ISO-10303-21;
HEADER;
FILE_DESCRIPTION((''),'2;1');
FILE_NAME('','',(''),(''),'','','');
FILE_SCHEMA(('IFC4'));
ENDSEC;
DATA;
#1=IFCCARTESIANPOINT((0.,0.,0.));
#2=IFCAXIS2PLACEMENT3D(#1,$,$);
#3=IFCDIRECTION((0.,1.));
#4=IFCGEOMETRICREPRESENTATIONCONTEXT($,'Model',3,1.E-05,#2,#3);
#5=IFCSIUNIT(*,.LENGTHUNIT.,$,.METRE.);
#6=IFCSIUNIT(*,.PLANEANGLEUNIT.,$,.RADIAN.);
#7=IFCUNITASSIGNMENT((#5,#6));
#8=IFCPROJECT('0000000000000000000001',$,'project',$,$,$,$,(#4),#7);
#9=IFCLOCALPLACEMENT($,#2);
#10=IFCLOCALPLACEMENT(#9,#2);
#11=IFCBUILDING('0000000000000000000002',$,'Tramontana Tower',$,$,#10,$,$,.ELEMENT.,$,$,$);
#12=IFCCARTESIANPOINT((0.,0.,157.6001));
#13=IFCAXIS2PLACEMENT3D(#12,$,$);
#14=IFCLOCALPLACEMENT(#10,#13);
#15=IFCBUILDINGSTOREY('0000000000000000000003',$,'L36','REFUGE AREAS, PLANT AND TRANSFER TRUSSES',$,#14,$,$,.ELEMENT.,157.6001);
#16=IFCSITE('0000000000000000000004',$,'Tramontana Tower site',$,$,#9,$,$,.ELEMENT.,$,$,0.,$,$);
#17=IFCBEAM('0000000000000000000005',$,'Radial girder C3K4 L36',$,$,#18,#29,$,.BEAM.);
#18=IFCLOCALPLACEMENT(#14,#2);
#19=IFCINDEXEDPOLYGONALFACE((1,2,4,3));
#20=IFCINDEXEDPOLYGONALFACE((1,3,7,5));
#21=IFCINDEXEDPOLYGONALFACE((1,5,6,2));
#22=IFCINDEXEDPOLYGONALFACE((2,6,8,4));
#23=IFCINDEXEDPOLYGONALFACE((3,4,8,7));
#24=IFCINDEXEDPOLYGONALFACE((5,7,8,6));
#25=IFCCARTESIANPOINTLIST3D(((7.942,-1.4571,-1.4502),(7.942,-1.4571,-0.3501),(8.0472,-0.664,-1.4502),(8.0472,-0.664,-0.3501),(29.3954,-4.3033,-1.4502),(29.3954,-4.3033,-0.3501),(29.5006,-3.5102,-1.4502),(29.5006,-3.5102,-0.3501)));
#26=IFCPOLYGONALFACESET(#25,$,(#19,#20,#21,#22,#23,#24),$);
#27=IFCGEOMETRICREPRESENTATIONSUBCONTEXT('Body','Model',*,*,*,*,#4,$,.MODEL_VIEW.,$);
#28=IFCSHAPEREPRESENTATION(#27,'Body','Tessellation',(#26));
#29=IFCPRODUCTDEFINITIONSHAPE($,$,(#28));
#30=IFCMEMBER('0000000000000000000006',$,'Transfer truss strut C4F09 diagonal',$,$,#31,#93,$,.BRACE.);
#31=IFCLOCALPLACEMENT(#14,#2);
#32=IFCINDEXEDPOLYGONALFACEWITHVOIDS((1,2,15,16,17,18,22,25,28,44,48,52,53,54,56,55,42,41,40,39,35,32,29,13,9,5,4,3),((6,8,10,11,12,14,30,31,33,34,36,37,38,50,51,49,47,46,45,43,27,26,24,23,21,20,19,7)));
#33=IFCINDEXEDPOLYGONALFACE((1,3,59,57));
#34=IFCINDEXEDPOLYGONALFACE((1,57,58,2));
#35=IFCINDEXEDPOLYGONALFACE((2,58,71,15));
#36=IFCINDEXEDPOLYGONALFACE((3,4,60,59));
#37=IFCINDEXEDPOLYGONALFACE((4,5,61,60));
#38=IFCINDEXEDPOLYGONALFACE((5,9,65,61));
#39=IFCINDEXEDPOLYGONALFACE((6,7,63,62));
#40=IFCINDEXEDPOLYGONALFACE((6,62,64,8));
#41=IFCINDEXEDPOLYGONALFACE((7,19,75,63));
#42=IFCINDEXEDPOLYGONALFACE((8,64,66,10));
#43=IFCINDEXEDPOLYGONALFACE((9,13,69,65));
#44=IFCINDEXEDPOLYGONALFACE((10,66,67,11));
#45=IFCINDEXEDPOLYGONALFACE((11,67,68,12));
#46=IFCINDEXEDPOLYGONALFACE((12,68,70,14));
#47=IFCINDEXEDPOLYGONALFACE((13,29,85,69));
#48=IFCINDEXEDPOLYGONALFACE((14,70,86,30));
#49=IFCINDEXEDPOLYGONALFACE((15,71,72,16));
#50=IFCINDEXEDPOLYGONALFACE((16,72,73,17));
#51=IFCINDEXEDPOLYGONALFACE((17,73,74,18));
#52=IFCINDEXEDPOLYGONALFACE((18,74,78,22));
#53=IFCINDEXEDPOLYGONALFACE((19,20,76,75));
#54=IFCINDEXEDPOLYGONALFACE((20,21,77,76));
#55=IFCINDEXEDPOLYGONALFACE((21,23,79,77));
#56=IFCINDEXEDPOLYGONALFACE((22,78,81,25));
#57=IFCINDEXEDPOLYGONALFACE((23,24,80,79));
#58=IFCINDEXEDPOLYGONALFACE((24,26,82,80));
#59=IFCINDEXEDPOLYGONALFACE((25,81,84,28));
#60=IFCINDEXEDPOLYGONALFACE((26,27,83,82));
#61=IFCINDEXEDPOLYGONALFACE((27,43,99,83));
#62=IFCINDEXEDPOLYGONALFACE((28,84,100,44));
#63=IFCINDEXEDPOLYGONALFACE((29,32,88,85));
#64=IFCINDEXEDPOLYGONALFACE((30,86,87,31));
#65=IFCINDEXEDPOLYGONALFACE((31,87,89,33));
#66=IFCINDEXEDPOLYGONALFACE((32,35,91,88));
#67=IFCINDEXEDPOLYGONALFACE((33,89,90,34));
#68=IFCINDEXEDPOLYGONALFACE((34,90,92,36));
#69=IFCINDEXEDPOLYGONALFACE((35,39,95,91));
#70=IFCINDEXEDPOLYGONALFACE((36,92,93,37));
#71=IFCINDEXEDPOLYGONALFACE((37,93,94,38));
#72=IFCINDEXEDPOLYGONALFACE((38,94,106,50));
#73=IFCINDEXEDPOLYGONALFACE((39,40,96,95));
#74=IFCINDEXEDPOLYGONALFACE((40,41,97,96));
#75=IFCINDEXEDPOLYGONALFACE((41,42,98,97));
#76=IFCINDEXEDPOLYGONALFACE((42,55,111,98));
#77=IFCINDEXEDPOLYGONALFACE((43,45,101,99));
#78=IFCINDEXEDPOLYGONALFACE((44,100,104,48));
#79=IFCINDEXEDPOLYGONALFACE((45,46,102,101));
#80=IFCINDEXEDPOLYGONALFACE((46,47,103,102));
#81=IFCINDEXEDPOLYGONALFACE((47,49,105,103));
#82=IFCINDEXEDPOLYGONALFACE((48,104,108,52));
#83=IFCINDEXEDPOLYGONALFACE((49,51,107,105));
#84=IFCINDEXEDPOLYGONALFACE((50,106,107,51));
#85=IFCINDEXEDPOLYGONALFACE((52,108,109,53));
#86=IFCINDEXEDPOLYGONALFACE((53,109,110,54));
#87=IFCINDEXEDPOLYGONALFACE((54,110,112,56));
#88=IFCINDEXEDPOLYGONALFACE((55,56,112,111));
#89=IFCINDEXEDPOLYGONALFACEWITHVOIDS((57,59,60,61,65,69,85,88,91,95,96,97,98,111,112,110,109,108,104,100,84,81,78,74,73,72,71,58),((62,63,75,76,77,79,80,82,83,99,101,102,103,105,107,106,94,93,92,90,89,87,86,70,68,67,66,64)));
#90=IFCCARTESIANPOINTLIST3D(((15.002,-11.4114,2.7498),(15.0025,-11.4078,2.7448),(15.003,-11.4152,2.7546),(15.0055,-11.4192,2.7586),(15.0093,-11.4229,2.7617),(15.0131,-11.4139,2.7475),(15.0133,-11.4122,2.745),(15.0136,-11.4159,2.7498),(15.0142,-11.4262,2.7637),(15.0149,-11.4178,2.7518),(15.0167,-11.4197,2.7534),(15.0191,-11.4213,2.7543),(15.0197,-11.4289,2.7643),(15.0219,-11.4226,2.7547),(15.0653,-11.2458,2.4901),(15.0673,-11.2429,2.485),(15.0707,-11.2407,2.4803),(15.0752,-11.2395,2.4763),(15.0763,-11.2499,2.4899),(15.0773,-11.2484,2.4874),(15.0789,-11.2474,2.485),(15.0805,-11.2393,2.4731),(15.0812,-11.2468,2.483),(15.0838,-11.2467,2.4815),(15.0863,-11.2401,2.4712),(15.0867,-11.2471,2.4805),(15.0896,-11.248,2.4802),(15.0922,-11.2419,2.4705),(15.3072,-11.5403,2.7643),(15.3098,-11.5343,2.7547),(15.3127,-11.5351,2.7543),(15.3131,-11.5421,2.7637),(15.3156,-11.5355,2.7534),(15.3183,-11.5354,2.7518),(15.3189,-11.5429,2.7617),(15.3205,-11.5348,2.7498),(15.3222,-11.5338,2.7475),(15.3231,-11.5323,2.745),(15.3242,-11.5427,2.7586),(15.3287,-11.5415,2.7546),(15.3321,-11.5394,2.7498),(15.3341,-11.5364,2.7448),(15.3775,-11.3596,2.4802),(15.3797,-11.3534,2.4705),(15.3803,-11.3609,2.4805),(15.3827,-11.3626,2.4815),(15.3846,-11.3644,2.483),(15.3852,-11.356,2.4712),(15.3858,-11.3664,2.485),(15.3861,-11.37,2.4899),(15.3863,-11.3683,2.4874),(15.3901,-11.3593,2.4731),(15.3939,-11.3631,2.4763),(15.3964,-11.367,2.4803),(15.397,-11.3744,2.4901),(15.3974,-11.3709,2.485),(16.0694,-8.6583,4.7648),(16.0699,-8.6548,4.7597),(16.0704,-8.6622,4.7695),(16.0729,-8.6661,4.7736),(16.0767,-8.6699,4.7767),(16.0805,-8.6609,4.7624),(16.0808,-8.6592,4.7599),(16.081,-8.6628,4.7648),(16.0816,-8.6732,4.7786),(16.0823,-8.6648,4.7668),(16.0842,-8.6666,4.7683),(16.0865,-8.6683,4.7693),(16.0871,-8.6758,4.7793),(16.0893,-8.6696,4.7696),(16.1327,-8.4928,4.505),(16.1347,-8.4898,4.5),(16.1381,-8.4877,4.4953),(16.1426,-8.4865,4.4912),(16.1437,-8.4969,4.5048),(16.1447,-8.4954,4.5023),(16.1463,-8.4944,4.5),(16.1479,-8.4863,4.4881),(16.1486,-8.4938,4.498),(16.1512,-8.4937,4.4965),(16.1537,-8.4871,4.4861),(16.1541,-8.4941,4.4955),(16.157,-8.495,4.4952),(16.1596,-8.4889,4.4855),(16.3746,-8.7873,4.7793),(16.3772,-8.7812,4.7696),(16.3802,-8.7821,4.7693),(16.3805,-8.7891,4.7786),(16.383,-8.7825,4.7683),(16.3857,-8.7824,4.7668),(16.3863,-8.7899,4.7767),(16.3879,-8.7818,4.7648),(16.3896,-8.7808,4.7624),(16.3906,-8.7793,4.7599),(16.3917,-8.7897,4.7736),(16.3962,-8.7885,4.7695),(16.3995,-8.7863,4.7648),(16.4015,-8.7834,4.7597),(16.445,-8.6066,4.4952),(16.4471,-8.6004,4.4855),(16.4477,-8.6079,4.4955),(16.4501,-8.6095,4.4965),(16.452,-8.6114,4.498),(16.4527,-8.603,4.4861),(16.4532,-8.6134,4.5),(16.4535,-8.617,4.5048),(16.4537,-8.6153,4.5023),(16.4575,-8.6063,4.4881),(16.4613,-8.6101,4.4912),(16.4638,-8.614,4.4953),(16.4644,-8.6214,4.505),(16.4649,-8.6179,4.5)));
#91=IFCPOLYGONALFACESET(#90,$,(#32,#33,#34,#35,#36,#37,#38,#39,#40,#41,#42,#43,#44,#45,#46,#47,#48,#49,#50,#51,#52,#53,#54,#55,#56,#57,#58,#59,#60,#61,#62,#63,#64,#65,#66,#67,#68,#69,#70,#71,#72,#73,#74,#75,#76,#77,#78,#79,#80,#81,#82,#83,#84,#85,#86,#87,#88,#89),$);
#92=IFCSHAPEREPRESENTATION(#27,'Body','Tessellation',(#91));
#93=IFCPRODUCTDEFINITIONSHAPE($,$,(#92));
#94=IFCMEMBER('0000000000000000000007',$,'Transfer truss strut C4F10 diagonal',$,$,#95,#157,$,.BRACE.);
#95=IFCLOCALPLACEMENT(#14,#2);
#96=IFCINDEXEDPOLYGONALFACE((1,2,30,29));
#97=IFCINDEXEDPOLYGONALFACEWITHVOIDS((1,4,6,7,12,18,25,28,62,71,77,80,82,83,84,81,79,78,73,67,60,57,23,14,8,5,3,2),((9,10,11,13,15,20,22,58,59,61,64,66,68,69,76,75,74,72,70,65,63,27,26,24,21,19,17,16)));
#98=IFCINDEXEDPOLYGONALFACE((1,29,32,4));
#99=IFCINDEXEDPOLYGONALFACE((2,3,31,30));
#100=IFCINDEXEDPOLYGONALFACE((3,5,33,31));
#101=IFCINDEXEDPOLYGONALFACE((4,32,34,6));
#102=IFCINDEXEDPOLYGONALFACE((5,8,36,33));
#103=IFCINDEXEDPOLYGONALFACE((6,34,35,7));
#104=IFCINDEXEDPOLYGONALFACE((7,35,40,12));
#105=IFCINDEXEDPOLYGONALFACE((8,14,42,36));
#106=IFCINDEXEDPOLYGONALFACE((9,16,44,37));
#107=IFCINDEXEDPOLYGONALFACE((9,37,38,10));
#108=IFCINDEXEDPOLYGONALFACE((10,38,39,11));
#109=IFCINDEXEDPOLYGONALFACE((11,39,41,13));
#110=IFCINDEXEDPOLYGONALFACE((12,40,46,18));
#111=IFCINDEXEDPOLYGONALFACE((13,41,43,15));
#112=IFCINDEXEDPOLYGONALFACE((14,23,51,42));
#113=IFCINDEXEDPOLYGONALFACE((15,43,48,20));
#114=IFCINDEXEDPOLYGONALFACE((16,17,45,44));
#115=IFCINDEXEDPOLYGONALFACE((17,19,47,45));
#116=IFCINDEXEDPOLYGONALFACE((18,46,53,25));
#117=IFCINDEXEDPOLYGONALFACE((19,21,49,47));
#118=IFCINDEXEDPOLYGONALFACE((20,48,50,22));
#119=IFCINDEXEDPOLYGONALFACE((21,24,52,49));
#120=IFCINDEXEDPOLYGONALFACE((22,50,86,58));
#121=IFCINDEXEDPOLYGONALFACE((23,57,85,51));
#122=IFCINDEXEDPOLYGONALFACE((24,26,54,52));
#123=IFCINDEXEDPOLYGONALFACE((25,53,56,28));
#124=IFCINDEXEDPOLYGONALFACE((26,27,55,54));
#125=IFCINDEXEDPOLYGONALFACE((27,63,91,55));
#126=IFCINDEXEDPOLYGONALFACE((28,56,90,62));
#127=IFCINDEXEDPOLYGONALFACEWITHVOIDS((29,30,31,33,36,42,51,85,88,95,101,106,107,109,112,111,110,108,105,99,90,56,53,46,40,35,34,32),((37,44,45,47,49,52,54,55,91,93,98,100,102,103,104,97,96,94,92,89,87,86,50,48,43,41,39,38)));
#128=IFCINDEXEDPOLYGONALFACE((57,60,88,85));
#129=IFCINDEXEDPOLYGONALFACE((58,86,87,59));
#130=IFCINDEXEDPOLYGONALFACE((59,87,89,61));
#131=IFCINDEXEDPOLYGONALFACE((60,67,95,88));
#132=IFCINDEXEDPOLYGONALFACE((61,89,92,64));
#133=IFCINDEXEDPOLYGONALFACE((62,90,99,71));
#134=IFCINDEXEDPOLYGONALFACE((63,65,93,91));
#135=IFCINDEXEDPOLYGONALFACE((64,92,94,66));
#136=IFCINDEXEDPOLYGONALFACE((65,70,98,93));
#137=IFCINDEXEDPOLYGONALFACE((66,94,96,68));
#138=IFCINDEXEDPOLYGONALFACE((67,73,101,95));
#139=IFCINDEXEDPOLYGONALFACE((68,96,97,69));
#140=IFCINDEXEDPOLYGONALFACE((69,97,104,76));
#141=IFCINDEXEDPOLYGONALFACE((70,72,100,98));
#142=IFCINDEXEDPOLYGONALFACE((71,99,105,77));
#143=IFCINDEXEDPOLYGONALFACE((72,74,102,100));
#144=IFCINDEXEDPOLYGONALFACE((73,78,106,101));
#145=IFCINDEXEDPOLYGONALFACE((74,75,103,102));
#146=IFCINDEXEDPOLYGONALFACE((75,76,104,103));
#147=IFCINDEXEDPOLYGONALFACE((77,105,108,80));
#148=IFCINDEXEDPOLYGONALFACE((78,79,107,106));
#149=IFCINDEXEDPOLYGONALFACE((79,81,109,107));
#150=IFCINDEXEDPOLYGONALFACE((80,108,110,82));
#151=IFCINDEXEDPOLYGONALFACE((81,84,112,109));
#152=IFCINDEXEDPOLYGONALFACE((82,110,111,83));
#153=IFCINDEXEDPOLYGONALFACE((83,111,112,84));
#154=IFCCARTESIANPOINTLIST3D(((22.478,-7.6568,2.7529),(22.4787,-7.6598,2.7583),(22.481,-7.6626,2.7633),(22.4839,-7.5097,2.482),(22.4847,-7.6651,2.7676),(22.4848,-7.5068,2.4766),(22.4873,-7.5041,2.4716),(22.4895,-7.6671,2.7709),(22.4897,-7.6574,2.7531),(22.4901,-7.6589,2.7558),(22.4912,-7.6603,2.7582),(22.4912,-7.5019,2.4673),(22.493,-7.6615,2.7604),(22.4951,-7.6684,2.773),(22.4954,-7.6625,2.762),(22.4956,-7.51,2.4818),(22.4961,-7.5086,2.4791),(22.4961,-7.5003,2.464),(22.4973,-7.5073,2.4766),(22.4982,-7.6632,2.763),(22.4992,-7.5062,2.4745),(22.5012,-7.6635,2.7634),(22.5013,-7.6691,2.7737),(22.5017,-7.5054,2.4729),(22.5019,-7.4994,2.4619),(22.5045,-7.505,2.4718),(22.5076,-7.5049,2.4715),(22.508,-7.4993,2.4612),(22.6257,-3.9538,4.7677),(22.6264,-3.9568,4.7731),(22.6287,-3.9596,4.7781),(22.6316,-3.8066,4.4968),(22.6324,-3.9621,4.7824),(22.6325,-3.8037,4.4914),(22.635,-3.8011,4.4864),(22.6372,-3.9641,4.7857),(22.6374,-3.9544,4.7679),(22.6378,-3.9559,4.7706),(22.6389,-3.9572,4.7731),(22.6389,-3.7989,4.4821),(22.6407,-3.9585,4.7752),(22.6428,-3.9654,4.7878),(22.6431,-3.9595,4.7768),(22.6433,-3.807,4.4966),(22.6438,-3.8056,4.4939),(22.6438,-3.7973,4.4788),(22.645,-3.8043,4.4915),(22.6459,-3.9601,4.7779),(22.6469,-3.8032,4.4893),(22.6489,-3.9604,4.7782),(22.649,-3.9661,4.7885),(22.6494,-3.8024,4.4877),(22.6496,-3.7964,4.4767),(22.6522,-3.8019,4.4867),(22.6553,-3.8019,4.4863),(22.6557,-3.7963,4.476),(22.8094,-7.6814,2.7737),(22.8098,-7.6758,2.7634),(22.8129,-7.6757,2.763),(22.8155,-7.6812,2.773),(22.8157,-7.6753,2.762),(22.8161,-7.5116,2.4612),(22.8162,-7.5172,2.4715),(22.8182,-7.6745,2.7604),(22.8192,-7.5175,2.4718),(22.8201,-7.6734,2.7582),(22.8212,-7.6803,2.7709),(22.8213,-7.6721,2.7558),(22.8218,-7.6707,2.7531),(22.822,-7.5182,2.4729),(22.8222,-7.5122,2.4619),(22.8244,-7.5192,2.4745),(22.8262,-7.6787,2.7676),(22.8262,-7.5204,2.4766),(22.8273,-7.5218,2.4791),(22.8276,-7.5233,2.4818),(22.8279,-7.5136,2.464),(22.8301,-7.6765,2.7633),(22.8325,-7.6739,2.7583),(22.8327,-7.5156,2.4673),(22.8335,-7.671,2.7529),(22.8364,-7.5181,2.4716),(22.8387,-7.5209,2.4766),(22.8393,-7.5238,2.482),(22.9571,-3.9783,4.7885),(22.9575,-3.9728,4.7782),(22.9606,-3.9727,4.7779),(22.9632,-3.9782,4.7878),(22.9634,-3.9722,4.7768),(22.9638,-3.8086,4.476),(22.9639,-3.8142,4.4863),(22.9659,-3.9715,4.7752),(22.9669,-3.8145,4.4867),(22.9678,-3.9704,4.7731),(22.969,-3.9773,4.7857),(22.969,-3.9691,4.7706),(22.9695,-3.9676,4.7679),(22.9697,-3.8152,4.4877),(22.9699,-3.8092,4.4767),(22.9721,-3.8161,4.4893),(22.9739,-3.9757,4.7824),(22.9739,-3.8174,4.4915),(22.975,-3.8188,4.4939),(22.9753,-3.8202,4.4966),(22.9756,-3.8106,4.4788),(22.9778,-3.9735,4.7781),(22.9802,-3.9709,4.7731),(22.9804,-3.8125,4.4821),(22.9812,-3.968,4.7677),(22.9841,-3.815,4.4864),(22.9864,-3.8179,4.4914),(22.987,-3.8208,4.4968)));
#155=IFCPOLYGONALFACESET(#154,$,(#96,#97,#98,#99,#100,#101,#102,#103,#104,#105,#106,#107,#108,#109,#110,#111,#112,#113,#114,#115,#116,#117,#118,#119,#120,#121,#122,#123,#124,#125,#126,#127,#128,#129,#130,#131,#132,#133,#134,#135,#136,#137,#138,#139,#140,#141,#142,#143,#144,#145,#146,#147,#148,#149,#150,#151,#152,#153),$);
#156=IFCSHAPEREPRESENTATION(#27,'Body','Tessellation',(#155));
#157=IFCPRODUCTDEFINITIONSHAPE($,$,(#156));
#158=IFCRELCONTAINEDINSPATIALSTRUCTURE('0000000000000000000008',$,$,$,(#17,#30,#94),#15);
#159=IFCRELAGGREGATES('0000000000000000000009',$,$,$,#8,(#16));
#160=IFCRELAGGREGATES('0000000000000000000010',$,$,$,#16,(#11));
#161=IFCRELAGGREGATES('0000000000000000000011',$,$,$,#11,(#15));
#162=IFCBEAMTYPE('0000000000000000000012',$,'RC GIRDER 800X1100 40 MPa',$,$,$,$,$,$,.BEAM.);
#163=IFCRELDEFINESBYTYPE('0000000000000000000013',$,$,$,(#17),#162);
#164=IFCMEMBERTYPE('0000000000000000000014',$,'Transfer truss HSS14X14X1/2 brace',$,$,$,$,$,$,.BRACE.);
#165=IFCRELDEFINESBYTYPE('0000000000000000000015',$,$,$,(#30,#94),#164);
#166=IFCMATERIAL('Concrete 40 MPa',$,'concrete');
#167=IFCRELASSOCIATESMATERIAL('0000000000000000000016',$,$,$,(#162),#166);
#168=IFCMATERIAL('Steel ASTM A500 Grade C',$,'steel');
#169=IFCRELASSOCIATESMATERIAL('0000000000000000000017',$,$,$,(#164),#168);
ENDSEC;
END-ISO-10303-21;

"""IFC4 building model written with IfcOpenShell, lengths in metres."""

from ifc_helpers import new_model, si_unit, direction, frame, origin, origin_2d, place, context, subcontext, project, spatial, rectangle, hollow_rectangle, extrude, material, material_profile, profile_set, type_object, element, save


model = new_model("IFC4")

# Units and contexts
model_context = context("Model", 3, precision=1e-05, world=origin(), true_north=direction((0.0, 1.0)))
body_context = subcontext(model_context, "Body", "Model", "MODEL_VIEW")
ifc_project = project(units=[si_unit("LENGTHUNIT", "METRE"), si_unit("PLANEANGLEUNIT", "RADIAN")], contexts=[model_context])

# Site, building, storey
site_placement = place(None, origin())
site = spatial("IfcSite", under=ifc_project, at=site_placement, Name="Tramontana Tower site", CompositionType="ELEMENT", RefElevation=0.0)
building_placement = place(site_placement, origin())
building = spatial("IfcBuilding", under=site, at=building_placement, Name="Tramontana Tower", CompositionType="ELEMENT")
storey_placement = place(building_placement, frame((0.0, 0.0, 157.6001)))
storey = spatial("IfcBuildingStorey", under=building, at=storey_placement, Name="L36", Description="REFUGE AREAS, PLANT AND TRANSFER TRUSSES", CompositionType="ELEMENT", Elevation=157.6001)

# Beam
ifc_material_1 = material(Name="Concrete 40 MPa", Category="concrete")
ifc_material_profile_1 = material_profile(ifc_material_1, rectangle(XDim=0.8, YDim=1.1001, at=origin_2d()), Name="RC GIRDER 800X1100 40 MPa")
ifc_profile_set_1 = profile_set([ifc_material_profile_1], Name="Concrete 40 MPa")
beam_type_1 = type_object("IfcBeamType", Name="RC GIRDER 800X1100 40 MPa", PredefinedType="BEAM", material=ifc_profile_set_1)
beam_1_placement = place(storey_placement, frame((29.448, -3.9067, -0.9001), z_axis=(-0.991314, 0.131516, 0.0), x_axis=(-0.131516, -0.991314, 0.0)))
element("IfcBeam", 1, at=beam_1_placement, inside=storey, type_object=beam_type_1, Name="Radial girder C3K4 L36", PredefinedType="BEAM", context=body_context, shape_type="SweptSolid", body=[
    extrude(rectangle(XDim=0.8, YDim=1.1001, at=origin_2d()), origin(), (0.0, 0.0, 1.0), 21.6414),
])

# Members
ifc_material_2 = material(Name="Steel ASTM A500 Grade C", Category="steel")
ifc_material_profile_2 = material_profile(ifc_material_2, hollow_rectangle(XDim=0.3557, YDim=0.3557, WallThickness=0.0117, InnerFilletRadius=0.0117, OuterFilletRadius=0.0237, at=origin_2d()), Name="HSS14X14X1/2")
ifc_profile_set_2 = profile_set([ifc_material_profile_2], Name="Steel ASTM A500 Grade C")
member_type_1 = type_object("IfcMemberType", Name="Transfer truss HSS14X14X1/2 brace", PredefinedType="BRACE", material=ifc_profile_set_2)
member_1_placement = place(storey_placement, frame((15.1997, -11.3911, 2.6174), z_axis=(0.298603, 0.770138, 0.56367), x_axis=(-0.93237, 0.361504, 0.0)))
element("IfcMember", 2, at=member_1_placement, inside=storey, type_object=member_type_1, Name="Transfer truss strut C4F09 diagonal", PredefinedType="BRACE", context=body_context, shape_type="SweptSolid", body=[
    extrude(hollow_rectangle(XDim=0.3557, YDim=0.3557, WallThickness=0.0117, InnerFilletRadius=0.0117, OuterFilletRadius=0.0237, at=origin_2d()), origin(), (0.0, 0.0, 1.0), 3.5747),
])
member_2_placement = place(storey_placement, frame((22.6587, -7.5903, 2.6174), z_axis=(0.035015, 0.877854, 0.477646), x_axis=(-0.999205, 0.039855, 0.0)))
element("IfcMember", 3, at=member_2_placement, inside=storey, type_object=member_type_1, Name="Transfer truss strut C4F10 diagonal", PredefinedType="BRACE", context=body_context, shape_type="SweptSolid", body=[
    extrude(hollow_rectangle(XDim=0.3557, YDim=0.3557, WallThickness=0.0117, InnerFilletRadius=0.0117, OuterFilletRadius=0.0237, at=origin_2d()), origin(), (0.0, 0.0, 1.0), 4.2183),
])

save(model, "model.ifc")
